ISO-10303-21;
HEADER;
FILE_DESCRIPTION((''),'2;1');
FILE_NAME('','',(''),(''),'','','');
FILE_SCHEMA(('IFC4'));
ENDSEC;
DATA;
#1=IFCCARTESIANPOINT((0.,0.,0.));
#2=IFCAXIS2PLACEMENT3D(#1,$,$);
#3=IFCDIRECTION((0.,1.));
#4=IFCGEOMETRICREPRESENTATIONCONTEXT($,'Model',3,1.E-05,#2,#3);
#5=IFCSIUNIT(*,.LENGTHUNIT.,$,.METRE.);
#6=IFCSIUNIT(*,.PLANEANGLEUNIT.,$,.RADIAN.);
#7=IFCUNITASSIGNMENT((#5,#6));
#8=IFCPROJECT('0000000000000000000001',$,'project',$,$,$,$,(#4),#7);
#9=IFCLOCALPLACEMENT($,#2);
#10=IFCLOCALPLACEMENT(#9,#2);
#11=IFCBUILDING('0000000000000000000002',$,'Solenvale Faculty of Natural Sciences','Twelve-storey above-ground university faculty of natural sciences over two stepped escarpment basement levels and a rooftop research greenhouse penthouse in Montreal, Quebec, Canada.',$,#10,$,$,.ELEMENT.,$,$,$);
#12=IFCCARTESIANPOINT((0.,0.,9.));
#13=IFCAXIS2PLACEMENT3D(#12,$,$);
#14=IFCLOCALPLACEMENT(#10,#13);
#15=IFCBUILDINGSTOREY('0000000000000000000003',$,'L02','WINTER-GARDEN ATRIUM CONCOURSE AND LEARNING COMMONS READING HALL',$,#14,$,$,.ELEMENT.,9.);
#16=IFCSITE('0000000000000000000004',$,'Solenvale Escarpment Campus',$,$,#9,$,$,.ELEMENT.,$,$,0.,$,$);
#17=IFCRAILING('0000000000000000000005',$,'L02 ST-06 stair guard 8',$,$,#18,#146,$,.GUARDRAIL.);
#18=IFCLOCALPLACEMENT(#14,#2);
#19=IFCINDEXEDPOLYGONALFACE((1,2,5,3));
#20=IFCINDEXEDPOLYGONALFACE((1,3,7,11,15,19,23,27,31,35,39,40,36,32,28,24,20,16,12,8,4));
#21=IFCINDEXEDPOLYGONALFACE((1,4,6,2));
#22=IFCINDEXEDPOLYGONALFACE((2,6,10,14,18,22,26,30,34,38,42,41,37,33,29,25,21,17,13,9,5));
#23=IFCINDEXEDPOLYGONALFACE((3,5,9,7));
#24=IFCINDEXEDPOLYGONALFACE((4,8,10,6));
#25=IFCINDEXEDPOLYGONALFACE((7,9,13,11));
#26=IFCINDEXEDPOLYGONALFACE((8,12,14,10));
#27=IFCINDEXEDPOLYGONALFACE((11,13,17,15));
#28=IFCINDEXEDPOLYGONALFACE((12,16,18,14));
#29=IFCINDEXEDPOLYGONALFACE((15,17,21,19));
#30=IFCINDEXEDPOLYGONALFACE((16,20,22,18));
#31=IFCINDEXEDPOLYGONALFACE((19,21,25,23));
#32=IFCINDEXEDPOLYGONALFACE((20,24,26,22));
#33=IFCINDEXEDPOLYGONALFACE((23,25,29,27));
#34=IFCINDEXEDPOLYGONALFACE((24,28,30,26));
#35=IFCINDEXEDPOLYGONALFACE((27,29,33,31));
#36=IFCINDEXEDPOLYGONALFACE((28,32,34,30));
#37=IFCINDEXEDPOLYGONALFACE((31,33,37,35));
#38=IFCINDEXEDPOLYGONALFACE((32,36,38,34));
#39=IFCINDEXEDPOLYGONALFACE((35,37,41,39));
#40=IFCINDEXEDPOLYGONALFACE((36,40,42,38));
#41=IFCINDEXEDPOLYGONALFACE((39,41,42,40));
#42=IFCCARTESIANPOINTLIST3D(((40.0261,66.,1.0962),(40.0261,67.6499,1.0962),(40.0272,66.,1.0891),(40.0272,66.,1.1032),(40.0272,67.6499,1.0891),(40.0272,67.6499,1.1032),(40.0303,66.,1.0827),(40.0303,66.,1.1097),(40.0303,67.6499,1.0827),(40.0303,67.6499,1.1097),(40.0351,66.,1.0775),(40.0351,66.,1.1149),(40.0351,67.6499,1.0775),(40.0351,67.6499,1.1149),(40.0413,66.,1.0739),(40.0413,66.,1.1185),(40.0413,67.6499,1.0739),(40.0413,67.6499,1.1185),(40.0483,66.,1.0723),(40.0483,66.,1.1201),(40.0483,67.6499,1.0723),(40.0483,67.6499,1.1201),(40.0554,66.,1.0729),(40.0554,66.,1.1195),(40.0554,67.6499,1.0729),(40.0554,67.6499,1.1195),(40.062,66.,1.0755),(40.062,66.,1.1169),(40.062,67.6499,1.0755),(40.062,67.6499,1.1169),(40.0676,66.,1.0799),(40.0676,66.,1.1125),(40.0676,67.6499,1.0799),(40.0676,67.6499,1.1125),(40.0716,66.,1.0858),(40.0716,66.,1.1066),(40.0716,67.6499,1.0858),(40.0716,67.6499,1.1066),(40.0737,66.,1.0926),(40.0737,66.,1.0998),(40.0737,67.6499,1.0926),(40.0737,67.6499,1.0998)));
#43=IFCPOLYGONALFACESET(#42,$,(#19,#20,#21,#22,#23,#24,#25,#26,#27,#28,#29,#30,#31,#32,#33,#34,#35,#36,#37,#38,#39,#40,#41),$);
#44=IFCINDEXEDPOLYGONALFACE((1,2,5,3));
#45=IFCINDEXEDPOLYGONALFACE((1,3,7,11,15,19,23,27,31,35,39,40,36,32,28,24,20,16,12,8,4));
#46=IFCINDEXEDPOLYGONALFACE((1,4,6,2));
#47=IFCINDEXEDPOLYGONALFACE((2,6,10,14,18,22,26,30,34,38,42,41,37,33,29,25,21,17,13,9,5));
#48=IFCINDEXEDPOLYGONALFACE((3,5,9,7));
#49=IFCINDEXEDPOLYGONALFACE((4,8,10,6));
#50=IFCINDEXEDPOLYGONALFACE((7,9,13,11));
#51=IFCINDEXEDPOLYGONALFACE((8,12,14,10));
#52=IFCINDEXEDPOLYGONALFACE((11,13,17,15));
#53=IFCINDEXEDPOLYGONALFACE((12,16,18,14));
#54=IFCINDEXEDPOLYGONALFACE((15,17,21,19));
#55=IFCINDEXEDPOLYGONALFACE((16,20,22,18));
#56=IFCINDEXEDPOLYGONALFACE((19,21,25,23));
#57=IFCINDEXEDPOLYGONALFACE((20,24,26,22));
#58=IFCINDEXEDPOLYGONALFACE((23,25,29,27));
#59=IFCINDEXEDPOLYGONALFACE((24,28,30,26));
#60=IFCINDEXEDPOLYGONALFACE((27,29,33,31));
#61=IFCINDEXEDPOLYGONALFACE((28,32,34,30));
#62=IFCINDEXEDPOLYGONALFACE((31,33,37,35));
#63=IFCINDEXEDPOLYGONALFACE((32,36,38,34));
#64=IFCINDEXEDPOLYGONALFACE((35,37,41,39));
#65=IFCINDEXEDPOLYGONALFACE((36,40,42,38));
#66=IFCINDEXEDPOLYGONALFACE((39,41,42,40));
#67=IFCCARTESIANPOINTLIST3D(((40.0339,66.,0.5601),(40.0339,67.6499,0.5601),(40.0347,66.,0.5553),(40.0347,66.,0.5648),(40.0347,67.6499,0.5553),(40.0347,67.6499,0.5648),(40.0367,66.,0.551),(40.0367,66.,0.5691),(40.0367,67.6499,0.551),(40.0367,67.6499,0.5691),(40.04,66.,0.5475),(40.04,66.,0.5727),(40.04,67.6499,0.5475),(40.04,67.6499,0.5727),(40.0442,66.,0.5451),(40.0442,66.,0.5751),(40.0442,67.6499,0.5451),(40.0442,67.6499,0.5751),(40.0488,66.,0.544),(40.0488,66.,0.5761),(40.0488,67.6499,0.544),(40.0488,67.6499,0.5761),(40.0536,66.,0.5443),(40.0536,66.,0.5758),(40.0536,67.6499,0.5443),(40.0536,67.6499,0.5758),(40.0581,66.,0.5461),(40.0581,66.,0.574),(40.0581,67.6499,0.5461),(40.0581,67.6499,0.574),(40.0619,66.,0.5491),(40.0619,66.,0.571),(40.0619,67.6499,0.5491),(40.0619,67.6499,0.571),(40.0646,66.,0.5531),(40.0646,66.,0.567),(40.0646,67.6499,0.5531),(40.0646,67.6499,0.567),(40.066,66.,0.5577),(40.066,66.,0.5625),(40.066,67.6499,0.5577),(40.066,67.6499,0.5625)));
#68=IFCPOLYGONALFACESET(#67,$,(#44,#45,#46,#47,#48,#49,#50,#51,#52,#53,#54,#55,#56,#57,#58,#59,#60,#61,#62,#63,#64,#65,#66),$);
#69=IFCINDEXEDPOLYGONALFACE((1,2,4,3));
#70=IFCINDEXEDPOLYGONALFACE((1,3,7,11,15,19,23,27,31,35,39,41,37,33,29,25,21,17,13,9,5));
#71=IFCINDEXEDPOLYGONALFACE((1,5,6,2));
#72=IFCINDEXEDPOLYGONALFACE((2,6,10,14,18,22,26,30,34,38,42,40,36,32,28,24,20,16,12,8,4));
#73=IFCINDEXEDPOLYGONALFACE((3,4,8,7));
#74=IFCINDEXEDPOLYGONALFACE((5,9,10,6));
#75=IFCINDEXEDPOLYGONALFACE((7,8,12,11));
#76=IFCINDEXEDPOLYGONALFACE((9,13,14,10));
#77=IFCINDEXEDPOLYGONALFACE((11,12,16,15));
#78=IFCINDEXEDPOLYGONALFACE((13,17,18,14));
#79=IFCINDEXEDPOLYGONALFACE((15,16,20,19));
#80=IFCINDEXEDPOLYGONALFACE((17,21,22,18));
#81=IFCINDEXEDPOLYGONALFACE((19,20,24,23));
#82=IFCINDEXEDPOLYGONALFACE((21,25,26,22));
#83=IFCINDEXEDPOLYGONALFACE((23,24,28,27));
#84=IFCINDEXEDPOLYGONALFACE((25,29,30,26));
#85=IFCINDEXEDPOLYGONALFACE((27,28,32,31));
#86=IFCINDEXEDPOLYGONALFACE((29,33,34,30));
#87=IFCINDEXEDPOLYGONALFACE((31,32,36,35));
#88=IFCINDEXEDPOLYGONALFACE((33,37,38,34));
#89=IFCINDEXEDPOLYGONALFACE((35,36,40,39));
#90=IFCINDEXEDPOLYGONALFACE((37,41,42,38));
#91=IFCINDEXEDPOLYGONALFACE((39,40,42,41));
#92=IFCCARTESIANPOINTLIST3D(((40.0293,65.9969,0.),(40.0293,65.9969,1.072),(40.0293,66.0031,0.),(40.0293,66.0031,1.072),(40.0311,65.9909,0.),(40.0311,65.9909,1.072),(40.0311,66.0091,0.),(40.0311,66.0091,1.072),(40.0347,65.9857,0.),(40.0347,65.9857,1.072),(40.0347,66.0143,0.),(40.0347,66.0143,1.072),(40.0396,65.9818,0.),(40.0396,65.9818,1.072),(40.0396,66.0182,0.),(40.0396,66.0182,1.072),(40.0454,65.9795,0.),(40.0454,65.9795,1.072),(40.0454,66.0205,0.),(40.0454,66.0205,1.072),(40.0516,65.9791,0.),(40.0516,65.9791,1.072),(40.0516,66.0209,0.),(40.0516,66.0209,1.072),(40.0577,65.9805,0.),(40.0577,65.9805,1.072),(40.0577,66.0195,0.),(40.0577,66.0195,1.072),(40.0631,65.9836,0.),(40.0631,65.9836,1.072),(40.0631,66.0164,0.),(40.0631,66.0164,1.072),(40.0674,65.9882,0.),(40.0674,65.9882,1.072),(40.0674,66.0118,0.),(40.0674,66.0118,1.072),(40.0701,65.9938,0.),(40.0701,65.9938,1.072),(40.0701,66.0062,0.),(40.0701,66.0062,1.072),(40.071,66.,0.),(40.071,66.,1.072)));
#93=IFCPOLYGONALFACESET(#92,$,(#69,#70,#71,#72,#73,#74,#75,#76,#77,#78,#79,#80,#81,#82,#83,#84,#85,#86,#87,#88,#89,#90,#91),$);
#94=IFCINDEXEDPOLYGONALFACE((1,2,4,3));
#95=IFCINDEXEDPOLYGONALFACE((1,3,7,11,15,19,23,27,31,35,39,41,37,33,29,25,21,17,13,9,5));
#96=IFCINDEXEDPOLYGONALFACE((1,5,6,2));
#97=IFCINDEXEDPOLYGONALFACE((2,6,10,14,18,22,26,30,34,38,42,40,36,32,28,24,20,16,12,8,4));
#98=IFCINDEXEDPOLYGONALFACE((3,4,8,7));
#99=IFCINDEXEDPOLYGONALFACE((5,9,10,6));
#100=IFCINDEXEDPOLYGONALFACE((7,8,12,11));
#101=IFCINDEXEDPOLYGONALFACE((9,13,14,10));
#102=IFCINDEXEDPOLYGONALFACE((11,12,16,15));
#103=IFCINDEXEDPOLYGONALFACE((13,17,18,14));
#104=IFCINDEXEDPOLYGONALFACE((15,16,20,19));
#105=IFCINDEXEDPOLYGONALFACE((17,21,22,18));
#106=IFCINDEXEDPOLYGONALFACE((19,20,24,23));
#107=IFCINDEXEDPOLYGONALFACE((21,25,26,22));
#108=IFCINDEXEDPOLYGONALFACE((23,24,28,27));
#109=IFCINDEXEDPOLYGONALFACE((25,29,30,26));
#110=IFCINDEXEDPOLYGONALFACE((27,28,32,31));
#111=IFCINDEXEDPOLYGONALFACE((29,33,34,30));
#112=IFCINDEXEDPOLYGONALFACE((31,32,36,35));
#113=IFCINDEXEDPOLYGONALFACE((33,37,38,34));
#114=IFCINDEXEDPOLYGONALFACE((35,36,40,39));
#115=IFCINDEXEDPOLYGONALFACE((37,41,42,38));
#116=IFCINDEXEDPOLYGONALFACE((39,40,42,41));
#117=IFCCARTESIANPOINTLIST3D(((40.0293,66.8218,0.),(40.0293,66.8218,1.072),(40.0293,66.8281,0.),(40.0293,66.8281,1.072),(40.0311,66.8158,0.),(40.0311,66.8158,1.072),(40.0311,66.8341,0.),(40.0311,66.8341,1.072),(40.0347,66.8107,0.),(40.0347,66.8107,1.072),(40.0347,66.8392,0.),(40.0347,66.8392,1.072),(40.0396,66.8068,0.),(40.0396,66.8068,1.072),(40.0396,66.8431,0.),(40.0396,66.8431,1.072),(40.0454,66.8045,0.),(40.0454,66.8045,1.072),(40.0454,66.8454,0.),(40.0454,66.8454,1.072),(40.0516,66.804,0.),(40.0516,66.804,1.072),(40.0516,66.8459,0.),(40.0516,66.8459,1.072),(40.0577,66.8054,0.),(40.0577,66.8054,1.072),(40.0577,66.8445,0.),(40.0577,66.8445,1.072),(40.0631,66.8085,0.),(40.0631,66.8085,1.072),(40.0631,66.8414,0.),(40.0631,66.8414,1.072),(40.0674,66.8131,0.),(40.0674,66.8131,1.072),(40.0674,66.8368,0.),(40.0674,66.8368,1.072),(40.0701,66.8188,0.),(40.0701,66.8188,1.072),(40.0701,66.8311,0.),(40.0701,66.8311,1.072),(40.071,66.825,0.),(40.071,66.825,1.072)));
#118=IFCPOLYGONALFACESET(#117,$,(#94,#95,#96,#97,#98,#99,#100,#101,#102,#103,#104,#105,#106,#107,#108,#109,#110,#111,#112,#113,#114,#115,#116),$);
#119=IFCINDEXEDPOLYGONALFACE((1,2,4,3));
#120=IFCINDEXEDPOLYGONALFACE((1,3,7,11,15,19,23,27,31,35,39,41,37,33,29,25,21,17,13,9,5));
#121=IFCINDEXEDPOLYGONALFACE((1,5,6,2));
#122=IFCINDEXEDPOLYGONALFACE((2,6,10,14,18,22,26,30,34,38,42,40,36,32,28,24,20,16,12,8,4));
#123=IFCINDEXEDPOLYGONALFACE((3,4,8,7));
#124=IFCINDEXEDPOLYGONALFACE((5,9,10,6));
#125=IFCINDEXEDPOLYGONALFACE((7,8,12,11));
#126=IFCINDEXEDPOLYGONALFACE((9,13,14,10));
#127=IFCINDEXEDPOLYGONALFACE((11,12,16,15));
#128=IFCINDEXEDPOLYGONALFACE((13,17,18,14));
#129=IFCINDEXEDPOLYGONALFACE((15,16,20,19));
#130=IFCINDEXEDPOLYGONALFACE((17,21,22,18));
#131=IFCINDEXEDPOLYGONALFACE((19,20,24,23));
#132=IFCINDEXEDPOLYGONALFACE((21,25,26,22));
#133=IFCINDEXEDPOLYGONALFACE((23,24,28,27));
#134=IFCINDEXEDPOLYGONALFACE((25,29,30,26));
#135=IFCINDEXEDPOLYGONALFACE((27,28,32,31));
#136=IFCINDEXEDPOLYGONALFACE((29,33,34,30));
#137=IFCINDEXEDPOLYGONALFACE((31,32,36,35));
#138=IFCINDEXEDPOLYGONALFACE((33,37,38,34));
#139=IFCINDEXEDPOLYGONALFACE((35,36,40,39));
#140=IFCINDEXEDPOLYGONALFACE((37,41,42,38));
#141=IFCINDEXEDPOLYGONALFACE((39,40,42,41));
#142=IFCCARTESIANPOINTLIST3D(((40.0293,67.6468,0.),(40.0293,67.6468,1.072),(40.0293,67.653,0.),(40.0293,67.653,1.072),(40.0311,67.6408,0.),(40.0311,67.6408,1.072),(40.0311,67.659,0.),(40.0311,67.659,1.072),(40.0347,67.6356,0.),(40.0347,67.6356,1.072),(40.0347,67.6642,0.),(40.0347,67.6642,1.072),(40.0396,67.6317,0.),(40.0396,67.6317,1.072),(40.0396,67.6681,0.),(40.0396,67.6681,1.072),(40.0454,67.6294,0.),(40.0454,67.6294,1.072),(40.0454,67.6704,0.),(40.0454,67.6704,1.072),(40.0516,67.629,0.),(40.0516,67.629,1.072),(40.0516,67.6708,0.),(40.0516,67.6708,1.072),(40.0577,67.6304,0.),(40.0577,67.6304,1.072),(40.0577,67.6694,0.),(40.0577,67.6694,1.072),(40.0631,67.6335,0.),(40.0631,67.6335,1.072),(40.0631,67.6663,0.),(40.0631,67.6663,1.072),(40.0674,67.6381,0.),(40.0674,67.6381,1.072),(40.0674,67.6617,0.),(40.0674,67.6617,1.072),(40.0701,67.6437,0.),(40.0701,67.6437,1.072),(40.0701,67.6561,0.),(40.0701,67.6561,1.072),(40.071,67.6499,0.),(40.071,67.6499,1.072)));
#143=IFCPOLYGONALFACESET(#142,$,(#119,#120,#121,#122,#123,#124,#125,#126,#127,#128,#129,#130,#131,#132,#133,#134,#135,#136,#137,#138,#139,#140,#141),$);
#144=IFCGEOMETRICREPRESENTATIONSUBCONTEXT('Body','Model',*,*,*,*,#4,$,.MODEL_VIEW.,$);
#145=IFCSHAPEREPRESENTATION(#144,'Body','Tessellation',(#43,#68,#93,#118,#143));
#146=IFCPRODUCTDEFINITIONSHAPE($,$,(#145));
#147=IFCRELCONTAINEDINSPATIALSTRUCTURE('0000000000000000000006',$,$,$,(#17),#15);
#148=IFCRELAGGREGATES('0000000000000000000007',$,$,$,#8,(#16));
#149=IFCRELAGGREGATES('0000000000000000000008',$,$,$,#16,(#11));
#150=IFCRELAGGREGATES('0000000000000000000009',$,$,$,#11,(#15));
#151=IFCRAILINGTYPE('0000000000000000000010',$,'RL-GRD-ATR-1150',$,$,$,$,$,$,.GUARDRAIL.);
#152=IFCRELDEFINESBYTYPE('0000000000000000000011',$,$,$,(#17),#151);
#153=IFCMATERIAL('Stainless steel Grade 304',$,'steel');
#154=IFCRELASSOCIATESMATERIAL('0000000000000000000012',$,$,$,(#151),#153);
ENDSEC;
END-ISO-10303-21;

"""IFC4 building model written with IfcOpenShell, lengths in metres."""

from ifc_helpers import new_model, si_unit, direction, frame, origin, origin_2d, place, context, subcontext, project, spatial, circle, extrude, material, type_object, element, save


model = new_model("IFC4")

# Units and contexts
model_context = context("Model", 3, precision=1e-05, world=origin(), true_north=direction((0.0, 1.0)))
body_context = subcontext(model_context, "Body", "Model", "MODEL_VIEW")
ifc_project = project(units=[si_unit("LENGTHUNIT", "METRE"), si_unit("PLANEANGLEUNIT", "RADIAN")], contexts=[model_context])

# Site, building, storey
site_placement = place(None, origin())
site = spatial("IfcSite", under=ifc_project, at=site_placement, Name="Solenvale Escarpment Campus", CompositionType="ELEMENT", RefElevation=0.0)
building_placement = place(site_placement, origin())
building = spatial("IfcBuilding", under=site, at=building_placement, Name="Solenvale Faculty of Natural Sciences", Description="Twelve-storey above-ground university faculty of natural sciences over two stepped escarpment basement levels and a rooftop research greenhouse penthouse in Montreal, Quebec, Canada.", CompositionType="ELEMENT")
storey_placement = place(building_placement, frame((0.0, 0.0, 9.0)))
storey = spatial("IfcBuildingStorey", under=building, at=storey_placement, Name="L02", Description="WINTER-GARDEN ATRIUM CONCOURSE AND LEARNING COMMONS READING HALL", CompositionType="ELEMENT", Elevation=9.0)

# Railing
ifc_material_1 = material(Name="Stainless steel Grade 304", Category="steel")
railing_type_1 = type_object("IfcRailingType", Name="RL-GRD-ATR-1150", PredefinedType="GUARDRAIL", material=ifc_material_1)
for number, where, name in (
    (1, (40.05, 66.0, 0.0), "L02 ST-06 stair guard 8"),
):
    element("IfcRailing", number, at=place(storey_placement, frame(where)), inside=storey, type_object=railing_type_1, Name=name, PredefinedType="GUARDRAIL", context=body_context, shape_type="SweptSolid", body=[
        extrude(circle(Radius=0.0239, at=origin_2d()), frame((0.0, 0.0, 1.0962), z_axis=(0.0, 1.0, 0.0), x_axis=(-1.0, 0.0, 0.0)), (0.0, 0.0, 1.0), 1.6499),
        extrude(circle(Radius=0.0161, at=origin_2d()), frame((0.0, 0.0, 0.5601), z_axis=(0.0, 1.0, 0.0), x_axis=(-1.0, 0.0, 0.0)), (0.0, 0.0, 1.0), 1.6499),
        extrude(circle(Radius=0.021, at=origin_2d()), origin(), (0.0, 0.0, 1.0), 1.072),
        extrude(circle(Radius=0.021, at=origin_2d()), frame((0.0, 0.825, 0.0)), (0.0, 0.0, 1.0), 1.072),
        extrude(circle(Radius=0.021, at=origin_2d()), frame((0.0, 1.6499, 0.0)), (0.0, 0.0, 1.0), 1.072),
    ])

save(model, "model.ifc")
